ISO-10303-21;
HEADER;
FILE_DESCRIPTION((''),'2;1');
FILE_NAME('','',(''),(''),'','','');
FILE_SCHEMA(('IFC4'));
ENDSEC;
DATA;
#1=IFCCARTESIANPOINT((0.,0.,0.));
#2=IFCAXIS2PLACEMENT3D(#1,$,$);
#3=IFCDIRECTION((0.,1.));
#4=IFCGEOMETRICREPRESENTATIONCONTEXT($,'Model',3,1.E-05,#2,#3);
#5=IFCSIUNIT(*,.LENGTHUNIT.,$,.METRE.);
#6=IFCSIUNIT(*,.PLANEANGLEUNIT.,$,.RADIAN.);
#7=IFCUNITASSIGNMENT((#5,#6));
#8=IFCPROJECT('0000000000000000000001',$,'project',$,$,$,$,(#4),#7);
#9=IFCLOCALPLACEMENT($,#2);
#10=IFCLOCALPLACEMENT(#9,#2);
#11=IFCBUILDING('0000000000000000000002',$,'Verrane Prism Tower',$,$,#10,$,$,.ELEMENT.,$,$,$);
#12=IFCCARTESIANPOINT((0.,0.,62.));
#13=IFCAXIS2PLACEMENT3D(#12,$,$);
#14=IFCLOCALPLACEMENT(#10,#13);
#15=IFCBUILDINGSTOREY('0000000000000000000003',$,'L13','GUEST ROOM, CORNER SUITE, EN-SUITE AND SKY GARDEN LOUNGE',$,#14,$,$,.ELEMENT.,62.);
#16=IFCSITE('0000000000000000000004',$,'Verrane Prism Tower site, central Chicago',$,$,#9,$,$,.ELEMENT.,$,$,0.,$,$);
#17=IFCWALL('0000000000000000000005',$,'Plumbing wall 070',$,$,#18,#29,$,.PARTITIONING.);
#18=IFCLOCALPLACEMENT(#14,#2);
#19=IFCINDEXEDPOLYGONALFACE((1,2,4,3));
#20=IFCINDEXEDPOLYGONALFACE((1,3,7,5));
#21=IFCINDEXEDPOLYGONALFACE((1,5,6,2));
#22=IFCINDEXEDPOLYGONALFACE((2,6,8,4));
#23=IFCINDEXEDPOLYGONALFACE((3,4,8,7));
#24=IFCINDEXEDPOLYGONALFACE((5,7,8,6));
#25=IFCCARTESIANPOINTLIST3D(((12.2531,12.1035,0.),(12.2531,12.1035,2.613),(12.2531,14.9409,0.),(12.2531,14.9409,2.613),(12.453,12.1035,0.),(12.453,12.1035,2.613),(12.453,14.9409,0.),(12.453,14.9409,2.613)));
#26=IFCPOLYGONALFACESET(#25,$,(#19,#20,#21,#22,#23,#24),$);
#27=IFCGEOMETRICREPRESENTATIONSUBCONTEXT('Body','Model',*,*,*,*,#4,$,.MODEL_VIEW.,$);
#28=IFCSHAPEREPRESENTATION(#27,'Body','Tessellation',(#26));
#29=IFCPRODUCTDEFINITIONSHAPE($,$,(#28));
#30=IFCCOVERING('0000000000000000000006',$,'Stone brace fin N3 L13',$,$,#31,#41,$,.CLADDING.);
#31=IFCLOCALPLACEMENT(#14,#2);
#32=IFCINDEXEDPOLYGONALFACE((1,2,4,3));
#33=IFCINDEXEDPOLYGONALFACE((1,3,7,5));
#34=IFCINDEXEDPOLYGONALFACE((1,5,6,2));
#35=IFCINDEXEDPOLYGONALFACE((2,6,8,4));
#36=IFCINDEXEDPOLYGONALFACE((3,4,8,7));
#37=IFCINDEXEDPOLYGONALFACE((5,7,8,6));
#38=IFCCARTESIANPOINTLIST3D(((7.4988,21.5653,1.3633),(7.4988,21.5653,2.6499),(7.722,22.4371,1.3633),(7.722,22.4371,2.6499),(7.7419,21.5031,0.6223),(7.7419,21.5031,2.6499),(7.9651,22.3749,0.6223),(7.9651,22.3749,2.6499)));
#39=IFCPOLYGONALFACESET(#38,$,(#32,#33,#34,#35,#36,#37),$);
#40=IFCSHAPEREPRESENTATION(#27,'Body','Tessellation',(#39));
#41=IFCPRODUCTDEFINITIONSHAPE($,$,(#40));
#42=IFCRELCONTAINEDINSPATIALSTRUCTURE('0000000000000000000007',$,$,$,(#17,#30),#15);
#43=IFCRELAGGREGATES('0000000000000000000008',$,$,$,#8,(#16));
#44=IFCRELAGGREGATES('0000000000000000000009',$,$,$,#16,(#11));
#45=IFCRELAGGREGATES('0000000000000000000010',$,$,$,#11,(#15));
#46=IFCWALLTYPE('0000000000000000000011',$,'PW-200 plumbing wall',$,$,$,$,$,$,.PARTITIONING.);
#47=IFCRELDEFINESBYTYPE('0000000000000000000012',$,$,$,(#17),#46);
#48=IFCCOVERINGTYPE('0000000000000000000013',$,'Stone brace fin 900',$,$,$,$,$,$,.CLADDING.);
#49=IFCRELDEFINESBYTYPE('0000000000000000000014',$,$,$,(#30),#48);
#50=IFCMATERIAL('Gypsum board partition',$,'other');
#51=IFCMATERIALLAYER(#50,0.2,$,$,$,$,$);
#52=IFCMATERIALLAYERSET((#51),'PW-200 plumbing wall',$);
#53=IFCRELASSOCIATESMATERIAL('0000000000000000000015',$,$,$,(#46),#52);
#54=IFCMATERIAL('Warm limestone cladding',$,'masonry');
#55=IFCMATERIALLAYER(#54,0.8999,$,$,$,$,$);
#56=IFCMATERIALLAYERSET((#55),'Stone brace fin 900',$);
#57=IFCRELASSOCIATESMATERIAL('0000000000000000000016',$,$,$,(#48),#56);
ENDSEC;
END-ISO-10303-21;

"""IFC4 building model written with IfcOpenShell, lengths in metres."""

from ifc_helpers import new_model, si_unit, direction, frame, frame_2d, origin, place, context, subcontext, project, spatial, polyline, rectangle, outline, extrude, material, layer, layer_set, type_object, element, save


model = new_model("IFC4")

# Units and contexts
model_context = context("Model", 3, precision=1e-05, world=origin(), true_north=direction((0.0, 1.0)))
body_context = subcontext(model_context, "Body", "Model", "MODEL_VIEW")
ifc_project = project(units=[si_unit("LENGTHUNIT", "METRE"), si_unit("PLANEANGLEUNIT", "RADIAN")], contexts=[model_context])

# Site, building, storey
site_placement = place(None, origin())
site = spatial("IfcSite", under=ifc_project, at=site_placement, Name="Verrane Prism Tower site, central Chicago", CompositionType="ELEMENT", RefElevation=0.0)
building_placement = place(site_placement, origin())
building = spatial("IfcBuilding", under=site, at=building_placement, Name="Verrane Prism Tower", CompositionType="ELEMENT")
storey_placement = place(building_placement, frame((0.0, 0.0, 62.0)))
storey = spatial("IfcBuildingStorey", under=building, at=storey_placement, Name="L13", Description="GUEST ROOM, CORNER SUITE, EN-SUITE AND SKY GARDEN LOUNGE", CompositionType="ELEMENT", Elevation=62.0)

# Shared definitions
ifc_material_1 = material(Name="Gypsum board partition", Category="other")
ifc_layer_1 = layer(ifc_material_1, 0.2)
ifc_layer_set_1 = layer_set([ifc_layer_1], Name="PW-200 plumbing wall")
wall_type_1 = type_object("IfcWallType", Name="PW-200 plumbing wall", PredefinedType="PARTITIONING", material=ifc_layer_set_1)

# Wall
wall_1_placement = place(storey_placement, frame((12.353, 12.1035, 0.0), z_axis=(0.0, 0.0, 1.0), x_axis=(0.0, 1.0, 0.0)))
element("IfcWall", 1, at=wall_1_placement, inside=storey, type_object=wall_type_1, Name="Plumbing wall 070", PredefinedType="PARTITIONING", context=body_context, shape_type="SweptSolid", body=[
    extrude(rectangle(XDim=2.8374, YDim=0.2, at=frame_2d((1.4187, 0.0))), origin(), (0.0, 0.0, 1.0), 2.613),
])

# Covering
ifc_material_2 = material(Name="Warm limestone cladding", Category="masonry")
ifc_layer_2 = layer(ifc_material_2, 0.8999)
ifc_layer_set_2 = layer_set([ifc_layer_2], Name="Stone brace fin 900")
covering_type = type_object("IfcCoveringType", Name="Stone brace fin 900", PredefinedType="CLADDING", material=ifc_layer_set_2)
covering_placement = place(storey_placement, frame((7.8535, 21.939, 0.6223), z_axis=(0.0, 0.0, 1.0), x_axis=(-0.968754, 0.248024, 0.0)))
element("IfcCovering", 2, at=covering_placement, inside=storey, type_object=covering_type, Name="Stone brace fin N3 L13", PredefinedType="CLADDING", context=body_context, shape_type="SweptSolid", body=[
    extrude(outline(polyline([(0.251, 2.0276), (0.0, 2.0276), (0.0, 0.0), (0.251, 0.741), (0.251, 2.0276)])), frame((0.0, 0.45, 0.0), z_axis=(0.0, -1.0, 0.0), x_axis=(1.0, 0.0, 0.0)), (0.0, 0.0, 1.0), 0.8999),
])

save(model, "model.ifc")
